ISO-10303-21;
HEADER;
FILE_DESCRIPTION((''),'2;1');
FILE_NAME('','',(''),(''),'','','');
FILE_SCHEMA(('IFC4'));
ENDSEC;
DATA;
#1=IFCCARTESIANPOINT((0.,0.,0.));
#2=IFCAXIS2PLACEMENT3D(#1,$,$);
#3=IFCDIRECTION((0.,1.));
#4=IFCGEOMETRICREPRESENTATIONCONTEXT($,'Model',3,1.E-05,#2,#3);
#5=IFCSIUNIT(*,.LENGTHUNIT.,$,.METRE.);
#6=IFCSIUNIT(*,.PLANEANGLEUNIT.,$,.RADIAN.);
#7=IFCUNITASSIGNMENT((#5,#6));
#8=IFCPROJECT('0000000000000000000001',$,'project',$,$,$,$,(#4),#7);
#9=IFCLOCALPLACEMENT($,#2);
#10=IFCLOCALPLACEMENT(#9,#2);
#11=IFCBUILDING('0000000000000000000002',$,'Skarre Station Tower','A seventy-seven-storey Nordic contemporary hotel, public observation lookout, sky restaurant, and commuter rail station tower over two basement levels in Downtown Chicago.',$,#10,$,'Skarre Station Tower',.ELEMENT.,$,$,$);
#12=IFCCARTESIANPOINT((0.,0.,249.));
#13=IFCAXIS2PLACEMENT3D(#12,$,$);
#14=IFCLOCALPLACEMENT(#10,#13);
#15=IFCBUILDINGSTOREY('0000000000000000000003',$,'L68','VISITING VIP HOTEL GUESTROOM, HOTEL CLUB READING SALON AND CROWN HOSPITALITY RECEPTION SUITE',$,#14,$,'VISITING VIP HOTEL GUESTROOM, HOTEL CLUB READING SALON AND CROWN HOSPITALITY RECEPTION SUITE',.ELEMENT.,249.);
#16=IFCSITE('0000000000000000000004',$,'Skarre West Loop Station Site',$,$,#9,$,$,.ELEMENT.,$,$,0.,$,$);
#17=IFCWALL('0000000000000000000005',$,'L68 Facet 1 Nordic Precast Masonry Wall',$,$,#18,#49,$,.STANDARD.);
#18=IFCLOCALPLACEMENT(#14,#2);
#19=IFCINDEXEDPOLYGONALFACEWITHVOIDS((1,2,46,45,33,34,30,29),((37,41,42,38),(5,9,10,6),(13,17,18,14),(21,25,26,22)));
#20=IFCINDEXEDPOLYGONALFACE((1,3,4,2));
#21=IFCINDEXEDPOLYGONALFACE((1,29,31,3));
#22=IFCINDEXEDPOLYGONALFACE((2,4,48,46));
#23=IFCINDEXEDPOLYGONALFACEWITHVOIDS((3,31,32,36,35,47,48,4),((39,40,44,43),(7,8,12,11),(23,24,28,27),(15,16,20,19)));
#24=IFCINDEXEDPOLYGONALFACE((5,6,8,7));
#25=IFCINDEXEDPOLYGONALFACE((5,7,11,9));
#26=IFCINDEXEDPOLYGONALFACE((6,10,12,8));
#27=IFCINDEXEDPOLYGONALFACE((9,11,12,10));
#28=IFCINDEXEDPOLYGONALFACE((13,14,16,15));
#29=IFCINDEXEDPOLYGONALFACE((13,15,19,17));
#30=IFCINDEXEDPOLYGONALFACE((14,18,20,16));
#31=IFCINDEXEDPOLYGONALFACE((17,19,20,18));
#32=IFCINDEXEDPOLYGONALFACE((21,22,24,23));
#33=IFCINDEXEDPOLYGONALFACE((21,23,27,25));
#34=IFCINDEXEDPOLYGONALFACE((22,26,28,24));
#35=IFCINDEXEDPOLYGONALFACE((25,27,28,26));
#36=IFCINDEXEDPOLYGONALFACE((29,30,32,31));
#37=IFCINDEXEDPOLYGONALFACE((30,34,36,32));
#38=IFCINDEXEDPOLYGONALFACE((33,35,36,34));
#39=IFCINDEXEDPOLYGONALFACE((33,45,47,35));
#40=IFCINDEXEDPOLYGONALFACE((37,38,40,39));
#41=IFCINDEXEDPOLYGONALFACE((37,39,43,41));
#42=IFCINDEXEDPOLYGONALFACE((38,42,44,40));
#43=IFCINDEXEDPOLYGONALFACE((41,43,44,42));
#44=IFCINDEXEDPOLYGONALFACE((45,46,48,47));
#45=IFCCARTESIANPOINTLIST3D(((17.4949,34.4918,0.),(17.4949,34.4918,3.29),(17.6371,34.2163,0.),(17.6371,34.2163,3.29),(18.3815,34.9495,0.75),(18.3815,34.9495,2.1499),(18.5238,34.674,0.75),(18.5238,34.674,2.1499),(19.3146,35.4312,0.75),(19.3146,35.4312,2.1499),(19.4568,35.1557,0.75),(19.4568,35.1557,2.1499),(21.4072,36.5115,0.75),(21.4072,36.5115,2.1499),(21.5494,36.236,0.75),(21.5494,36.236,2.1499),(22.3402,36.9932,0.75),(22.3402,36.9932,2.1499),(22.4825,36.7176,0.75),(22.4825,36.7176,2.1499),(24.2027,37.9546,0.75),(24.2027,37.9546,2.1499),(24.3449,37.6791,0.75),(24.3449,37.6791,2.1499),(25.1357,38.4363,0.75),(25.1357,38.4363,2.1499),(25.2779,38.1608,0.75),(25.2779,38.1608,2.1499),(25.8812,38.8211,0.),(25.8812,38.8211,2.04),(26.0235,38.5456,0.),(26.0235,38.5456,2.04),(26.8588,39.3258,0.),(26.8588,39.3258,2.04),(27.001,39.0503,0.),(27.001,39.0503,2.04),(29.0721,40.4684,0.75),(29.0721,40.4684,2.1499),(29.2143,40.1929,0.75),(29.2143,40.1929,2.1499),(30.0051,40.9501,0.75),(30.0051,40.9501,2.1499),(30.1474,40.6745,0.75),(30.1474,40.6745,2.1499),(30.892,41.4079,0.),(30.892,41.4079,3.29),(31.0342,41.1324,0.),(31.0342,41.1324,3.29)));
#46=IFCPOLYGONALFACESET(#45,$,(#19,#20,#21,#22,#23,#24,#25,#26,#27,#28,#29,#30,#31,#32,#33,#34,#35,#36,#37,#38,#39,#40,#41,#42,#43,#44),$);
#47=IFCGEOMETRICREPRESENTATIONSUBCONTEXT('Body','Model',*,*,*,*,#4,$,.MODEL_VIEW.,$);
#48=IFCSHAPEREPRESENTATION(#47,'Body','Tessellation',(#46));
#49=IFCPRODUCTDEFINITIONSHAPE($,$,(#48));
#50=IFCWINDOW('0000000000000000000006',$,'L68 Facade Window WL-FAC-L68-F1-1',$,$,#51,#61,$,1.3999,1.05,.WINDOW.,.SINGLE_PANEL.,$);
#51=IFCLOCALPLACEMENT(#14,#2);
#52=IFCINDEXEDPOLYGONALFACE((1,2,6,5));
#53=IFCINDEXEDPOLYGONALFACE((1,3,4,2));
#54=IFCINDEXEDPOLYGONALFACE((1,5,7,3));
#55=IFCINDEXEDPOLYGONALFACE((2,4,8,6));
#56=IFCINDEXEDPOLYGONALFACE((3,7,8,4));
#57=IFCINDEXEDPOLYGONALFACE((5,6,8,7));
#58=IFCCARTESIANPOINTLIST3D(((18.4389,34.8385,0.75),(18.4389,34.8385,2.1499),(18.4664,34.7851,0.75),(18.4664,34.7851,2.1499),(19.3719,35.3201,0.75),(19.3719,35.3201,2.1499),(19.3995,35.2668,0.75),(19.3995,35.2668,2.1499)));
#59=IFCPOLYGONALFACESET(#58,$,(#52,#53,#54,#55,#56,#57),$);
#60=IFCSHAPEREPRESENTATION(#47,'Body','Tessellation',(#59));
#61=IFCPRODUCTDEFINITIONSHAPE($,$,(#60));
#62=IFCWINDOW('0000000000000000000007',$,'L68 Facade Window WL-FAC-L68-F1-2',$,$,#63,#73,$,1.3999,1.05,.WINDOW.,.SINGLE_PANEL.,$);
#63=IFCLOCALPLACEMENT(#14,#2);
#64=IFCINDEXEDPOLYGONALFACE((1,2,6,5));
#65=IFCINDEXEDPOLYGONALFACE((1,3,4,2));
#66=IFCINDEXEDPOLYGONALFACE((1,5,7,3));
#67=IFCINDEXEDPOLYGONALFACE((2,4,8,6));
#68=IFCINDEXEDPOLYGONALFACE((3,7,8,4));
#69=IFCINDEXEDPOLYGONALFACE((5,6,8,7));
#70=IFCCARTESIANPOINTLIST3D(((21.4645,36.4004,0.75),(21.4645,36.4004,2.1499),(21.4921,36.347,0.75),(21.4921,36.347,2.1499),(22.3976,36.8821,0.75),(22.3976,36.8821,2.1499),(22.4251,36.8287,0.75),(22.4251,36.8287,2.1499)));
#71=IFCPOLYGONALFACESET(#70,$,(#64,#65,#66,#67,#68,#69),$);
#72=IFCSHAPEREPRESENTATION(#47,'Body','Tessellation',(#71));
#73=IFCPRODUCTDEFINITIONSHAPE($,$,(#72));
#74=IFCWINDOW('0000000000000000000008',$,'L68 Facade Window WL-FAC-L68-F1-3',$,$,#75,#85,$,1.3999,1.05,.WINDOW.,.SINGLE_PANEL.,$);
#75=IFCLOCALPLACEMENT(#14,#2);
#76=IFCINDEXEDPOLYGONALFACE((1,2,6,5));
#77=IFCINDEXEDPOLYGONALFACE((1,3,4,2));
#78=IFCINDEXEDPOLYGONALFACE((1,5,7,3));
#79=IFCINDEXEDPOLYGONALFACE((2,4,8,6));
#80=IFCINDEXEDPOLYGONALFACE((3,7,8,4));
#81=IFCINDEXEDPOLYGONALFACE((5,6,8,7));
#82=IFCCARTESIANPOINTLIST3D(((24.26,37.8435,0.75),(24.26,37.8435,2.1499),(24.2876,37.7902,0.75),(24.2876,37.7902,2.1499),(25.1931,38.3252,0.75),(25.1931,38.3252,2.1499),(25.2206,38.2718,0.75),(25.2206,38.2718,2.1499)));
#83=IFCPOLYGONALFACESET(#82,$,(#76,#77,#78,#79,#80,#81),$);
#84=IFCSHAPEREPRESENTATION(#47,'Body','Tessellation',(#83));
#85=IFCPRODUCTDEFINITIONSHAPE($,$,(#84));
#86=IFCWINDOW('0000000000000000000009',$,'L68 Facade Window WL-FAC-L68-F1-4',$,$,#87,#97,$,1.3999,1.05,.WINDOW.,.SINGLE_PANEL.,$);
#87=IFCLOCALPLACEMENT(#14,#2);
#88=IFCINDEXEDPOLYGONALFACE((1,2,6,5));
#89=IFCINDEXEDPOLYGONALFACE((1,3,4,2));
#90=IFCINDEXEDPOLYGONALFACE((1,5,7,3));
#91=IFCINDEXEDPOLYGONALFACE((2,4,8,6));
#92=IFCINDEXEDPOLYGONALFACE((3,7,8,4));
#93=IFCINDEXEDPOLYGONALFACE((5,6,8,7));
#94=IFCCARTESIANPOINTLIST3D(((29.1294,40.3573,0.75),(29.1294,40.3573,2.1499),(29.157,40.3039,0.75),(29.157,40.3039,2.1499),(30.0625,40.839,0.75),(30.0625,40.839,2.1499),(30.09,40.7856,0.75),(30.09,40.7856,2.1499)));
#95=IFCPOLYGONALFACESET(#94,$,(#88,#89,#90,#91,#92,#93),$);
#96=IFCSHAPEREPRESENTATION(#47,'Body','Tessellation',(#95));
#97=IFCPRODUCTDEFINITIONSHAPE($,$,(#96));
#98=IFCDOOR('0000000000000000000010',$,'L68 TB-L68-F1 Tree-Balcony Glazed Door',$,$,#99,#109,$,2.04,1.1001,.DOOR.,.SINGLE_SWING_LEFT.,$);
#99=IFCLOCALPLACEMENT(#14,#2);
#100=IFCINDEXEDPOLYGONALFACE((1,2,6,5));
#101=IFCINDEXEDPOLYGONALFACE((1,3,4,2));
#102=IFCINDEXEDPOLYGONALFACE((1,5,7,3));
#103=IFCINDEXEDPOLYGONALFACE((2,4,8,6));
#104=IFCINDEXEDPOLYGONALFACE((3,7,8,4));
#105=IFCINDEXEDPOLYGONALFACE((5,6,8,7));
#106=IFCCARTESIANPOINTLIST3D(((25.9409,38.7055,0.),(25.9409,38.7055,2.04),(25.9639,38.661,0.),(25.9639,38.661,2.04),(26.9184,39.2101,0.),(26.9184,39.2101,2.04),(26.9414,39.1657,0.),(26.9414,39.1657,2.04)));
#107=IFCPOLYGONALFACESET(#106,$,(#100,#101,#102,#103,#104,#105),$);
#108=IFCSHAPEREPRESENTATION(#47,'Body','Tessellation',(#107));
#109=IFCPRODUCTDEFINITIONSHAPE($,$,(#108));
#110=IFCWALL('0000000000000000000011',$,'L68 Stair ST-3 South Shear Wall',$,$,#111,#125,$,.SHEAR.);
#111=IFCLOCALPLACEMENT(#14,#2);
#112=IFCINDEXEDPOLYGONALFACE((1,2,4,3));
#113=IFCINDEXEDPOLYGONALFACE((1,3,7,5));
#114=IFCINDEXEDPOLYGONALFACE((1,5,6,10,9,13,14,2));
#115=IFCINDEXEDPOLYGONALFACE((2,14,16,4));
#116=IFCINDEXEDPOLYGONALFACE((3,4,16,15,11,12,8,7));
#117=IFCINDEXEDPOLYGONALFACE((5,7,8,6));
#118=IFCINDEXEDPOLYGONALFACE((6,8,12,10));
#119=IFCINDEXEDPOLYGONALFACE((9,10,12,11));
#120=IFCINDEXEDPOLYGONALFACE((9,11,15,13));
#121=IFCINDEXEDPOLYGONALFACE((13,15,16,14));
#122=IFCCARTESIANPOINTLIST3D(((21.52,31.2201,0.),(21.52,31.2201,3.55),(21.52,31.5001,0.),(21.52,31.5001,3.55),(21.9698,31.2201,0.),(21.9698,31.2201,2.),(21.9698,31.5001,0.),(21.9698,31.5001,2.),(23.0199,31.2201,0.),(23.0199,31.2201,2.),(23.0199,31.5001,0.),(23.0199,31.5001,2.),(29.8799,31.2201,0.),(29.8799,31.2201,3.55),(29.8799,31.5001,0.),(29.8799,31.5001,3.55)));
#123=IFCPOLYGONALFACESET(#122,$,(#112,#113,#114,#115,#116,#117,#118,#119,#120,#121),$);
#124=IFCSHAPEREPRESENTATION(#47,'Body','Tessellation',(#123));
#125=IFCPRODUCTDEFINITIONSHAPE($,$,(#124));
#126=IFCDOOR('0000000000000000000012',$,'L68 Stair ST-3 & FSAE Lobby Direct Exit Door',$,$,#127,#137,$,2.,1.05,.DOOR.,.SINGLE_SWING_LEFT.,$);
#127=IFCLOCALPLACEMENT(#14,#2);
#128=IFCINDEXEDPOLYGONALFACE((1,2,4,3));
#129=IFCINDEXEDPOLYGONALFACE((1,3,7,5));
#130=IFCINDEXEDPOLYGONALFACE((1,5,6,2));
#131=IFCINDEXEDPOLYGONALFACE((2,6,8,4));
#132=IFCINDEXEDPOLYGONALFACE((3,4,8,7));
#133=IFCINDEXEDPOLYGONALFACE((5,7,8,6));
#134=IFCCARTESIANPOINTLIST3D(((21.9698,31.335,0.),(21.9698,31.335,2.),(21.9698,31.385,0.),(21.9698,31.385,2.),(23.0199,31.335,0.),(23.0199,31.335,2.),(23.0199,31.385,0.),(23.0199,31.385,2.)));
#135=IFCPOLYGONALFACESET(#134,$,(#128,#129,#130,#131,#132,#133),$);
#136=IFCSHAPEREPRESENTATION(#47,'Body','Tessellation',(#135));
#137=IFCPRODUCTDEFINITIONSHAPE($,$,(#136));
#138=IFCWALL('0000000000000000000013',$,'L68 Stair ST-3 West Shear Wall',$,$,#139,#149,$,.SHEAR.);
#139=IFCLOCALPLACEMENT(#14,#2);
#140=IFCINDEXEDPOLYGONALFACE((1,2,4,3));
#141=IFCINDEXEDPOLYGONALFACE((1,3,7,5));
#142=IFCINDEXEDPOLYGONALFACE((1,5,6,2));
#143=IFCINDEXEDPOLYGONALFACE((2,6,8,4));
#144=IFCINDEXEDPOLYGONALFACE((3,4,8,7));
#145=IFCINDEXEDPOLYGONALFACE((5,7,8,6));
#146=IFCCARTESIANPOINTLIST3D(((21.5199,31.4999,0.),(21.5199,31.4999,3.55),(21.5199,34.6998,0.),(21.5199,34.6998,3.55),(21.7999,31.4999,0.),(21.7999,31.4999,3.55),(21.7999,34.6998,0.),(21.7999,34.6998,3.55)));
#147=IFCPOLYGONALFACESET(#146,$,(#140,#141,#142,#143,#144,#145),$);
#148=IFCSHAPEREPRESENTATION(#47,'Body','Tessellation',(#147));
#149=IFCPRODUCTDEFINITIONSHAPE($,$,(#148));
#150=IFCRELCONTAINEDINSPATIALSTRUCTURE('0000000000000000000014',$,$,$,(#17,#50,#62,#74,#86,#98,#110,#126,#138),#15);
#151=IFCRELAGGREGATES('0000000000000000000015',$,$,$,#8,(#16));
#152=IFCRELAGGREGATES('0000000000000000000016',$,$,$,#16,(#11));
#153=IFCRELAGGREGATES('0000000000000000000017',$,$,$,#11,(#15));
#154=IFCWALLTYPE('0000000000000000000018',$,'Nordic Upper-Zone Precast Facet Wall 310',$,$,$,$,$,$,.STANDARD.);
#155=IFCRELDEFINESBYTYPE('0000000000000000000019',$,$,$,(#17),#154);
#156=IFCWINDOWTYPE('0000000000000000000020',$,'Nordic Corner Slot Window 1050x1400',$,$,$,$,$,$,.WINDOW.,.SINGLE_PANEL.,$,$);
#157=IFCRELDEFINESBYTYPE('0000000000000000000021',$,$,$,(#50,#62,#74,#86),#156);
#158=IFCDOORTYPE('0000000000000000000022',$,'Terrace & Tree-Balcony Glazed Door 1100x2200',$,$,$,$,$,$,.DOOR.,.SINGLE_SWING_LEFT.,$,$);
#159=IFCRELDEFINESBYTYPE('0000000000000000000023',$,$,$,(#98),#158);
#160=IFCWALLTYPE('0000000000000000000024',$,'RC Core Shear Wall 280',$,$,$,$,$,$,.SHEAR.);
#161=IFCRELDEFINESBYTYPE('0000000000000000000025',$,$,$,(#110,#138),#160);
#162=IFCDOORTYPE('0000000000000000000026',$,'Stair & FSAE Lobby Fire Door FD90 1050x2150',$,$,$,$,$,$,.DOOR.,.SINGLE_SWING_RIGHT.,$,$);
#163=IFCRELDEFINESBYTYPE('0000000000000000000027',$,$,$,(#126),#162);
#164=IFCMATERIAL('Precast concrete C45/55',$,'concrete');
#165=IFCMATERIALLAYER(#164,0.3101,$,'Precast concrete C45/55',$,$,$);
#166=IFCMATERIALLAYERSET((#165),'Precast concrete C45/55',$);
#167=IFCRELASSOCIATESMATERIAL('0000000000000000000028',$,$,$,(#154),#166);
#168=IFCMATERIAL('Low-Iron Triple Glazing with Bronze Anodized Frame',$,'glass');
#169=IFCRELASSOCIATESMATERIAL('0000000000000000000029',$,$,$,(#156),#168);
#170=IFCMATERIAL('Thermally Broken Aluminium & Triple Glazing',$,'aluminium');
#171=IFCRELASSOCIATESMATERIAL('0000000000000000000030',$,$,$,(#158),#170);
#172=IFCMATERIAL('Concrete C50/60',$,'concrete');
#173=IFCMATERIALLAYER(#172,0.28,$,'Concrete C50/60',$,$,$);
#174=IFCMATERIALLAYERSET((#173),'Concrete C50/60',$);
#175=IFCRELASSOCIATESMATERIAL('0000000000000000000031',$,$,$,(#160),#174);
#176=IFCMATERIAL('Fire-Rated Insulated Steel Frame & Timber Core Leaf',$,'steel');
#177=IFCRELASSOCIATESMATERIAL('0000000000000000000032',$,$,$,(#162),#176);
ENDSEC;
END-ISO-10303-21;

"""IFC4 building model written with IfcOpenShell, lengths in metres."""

from ifc_helpers import new_model, si_unit, direction, frame, frame_2d, origin, place, context, subcontext, project, spatial, rectangle, extrude, material, layer, layer_set, type_object, element, fill, save


model = new_model("IFC4")

# Units and contexts
model_context = context("Model", 3, precision=1e-05, world=origin(), true_north=direction((0.0, 1.0)))
body_context = subcontext(model_context, "Body", "Model", "MODEL_VIEW")
ifc_project = project(units=[si_unit("LENGTHUNIT", "METRE"), si_unit("PLANEANGLEUNIT", "RADIAN")], contexts=[model_context])

# Site, building, storey
site_placement = place(None, origin())
site = spatial("IfcSite", under=ifc_project, at=site_placement, Name="Skarre West Loop Station Site", CompositionType="ELEMENT", RefElevation=0.0)
building_placement = place(site_placement, origin())
building = spatial("IfcBuilding", under=site, at=building_placement, Name="Skarre Station Tower", Description="A seventy-seven-storey Nordic contemporary hotel, public observation lookout, sky restaurant, and commuter rail station tower over two basement levels in Downtown Chicago.", LongName="Skarre Station Tower", CompositionType="ELEMENT")
storey_placement = place(building_placement, frame((0.0, 0.0, 249.0)))
storey = spatial("IfcBuildingStorey", under=building, at=storey_placement, Name="L68", Description="VISITING VIP HOTEL GUESTROOM, HOTEL CLUB READING SALON AND CROWN HOSPITALITY RECEPTION SUITE", LongName="VISITING VIP HOTEL GUESTROOM, HOTEL CLUB READING SALON AND CROWN HOSPITALITY RECEPTION SUITE", CompositionType="ELEMENT", Elevation=249.0)

# Shared definitions
ifc_material_1 = material(Name="Concrete C50/60", Category="concrete")

# Shared definitions
ifc_material_2 = material(Name="Precast concrete C45/55", Category="concrete")

# Wall, openings, windows, door
ifc_layer_1 = layer(ifc_material_2, 0.3101, Name="Precast concrete C45/55")
ifc_layer_set_1 = layer_set([ifc_layer_1], Name="Precast concrete C45/55")
wall_type_1 = type_object("IfcWallType", Name="Nordic Upper-Zone Precast Facet Wall 310", PredefinedType="STANDARD", material=ifc_layer_set_1)
wall_1_placement = place(storey_placement, frame((17.5659, 34.354, 0.0), z_axis=(0.0, 0.0, 1.0), x_axis=(0.888581, 0.458719, 0.0)))
wall_1 = element("IfcWall", 1, at=wall_1_placement, inside=storey, type_object=wall_type_1, Name="L68 Facet 1 Nordic Precast Masonry Wall", PredefinedType="STANDARD", context=body_context, shape_type="SweptSolid", body=[
    extrude(rectangle(XDim=15.0769, YDim=0.3101, at=frame_2d((7.5386, 0.0))), origin(), (0.0, 0.0, 1.0), 3.29),
])
opening_1_placement = place(wall_1_placement, frame((9.438, 0.0, 0.0)))
opening_1 = element("IfcOpeningElement", 2, at=opening_1_placement, cuts=wall_1, PredefinedType="OPENING", context=body_context, shape_type="SweptSolid", body=[
    extrude(rectangle(XDim=1.1001, YDim=2.04, at=frame_2d((0.55, 1.02))), frame((0.0, 0.165, 0.0), z_axis=(0.0, -1.0, 0.0), x_axis=(1.0, 0.0, 0.0)), (0.0, 0.0, 1.0), 0.3301),
])
opening_2_placement = place(wall_1_placement, frame((0.998, 0.0, 0.75)))
opening_2 = element("IfcOpeningElement", 3, at=opening_2_placement, cuts=wall_1, PredefinedType="OPENING", context=body_context, shape_type="SweptSolid", body=[
    extrude(rectangle(XDim=1.05, YDim=1.3999, at=frame_2d((0.5249, 0.7))), frame((0.0, 0.165, 0.0), z_axis=(0.0, -1.0, 0.0), x_axis=(1.0, 0.0, 0.0)), (0.0, 0.0, 1.0), 0.3301),
])
opening_3_placement = place(wall_1_placement, frame((4.4031, 0.0, 0.75)))
opening_3 = element("IfcOpeningElement", 4, at=opening_3_placement, cuts=wall_1, PredefinedType="OPENING", context=body_context, shape_type="SweptSolid", body=[
    extrude(rectangle(XDim=1.05, YDim=1.3999, at=frame_2d((0.5249, 0.7))), frame((0.0, 0.165, 0.0), z_axis=(0.0, -1.0, 0.0), x_axis=(1.0, 0.0, 0.0)), (0.0, 0.0, 1.0), 0.3301),
])
opening_4_placement = place(wall_1_placement, frame((7.5491, 0.0, 0.75)))
opening_4 = element("IfcOpeningElement", 5, at=opening_4_placement, cuts=wall_1, PredefinedType="OPENING", context=body_context, shape_type="SweptSolid", body=[
    extrude(rectangle(XDim=1.05, YDim=1.3999, at=frame_2d((0.5249, 0.7))), frame((0.0, 0.165, 0.0), z_axis=(0.0, -1.0, 0.0), x_axis=(1.0, 0.0, 0.0)), (0.0, 0.0, 1.0), 0.3301),
])
opening_5_placement = place(wall_1_placement, frame((13.0291, 0.0, 0.75)))
opening_5 = element("IfcOpeningElement", 6, at=opening_5_placement, cuts=wall_1, PredefinedType="OPENING", context=body_context, shape_type="SweptSolid", body=[
    extrude(rectangle(XDim=1.05, YDim=1.3999, at=frame_2d((0.5249, 0.7))), frame((0.0, 0.165, 0.0), z_axis=(0.0, -1.0, 0.0), x_axis=(1.0, 0.0, 0.0)), (0.0, 0.0, 1.0), 0.3301),
])
ifc_material_3 = material(Name="Low-Iron Triple Glazing with Bronze Anodized Frame", Category="glass")
window_type = type_object("IfcWindowType", Name="Nordic Corner Slot Window 1050x1400", PartitioningType="SINGLE_PANEL", PredefinedType="WINDOW", material=ifc_material_3)
window_1_placement = place(opening_2_placement, origin())
window_1 = element("IfcWindow", 7, at=window_1_placement, inside=storey, type_object=window_type, Name="L68 Facade Window WL-FAC-L68-F1-1", OverallHeight=1.3999, OverallWidth=1.05, PartitioningType="SINGLE_PANEL", PredefinedType="WINDOW", context=body_context, shape_type="SweptSolid", body=[
    extrude(rectangle(XDim=1.05, YDim=1.3999, at=frame_2d((0.5249, 0.7))), frame((0.0, 0.03, 0.0), z_axis=(0.0, -1.0, 0.0), x_axis=(1.0, 0.0, 0.0)), (0.0, 0.0, 1.0), 0.0601),
])
fill(opening_2, window_1)
window_2_placement = place(opening_3_placement, origin())
window_2 = element("IfcWindow", 8, at=window_2_placement, inside=storey, type_object=window_type, Name="L68 Facade Window WL-FAC-L68-F1-2", OverallHeight=1.3999, OverallWidth=1.05, PartitioningType="SINGLE_PANEL", PredefinedType="WINDOW", context=body_context, shape_type="SweptSolid", body=[
    extrude(rectangle(XDim=1.05, YDim=1.3999, at=frame_2d((0.5249, 0.7))), frame((0.0, 0.03, 0.0), z_axis=(0.0, -1.0, 0.0), x_axis=(1.0, 0.0, 0.0)), (0.0, 0.0, 1.0), 0.0601),
])
fill(opening_3, window_2)
window_3_placement = place(opening_4_placement, origin())
window_3 = element("IfcWindow", 9, at=window_3_placement, inside=storey, type_object=window_type, Name="L68 Facade Window WL-FAC-L68-F1-3", OverallHeight=1.3999, OverallWidth=1.05, PartitioningType="SINGLE_PANEL", PredefinedType="WINDOW", context=body_context, shape_type="SweptSolid", body=[
    extrude(rectangle(XDim=1.05, YDim=1.3999, at=frame_2d((0.5249, 0.7))), frame((0.0, 0.03, 0.0), z_axis=(0.0, -1.0, 0.0), x_axis=(1.0, 0.0, 0.0)), (0.0, 0.0, 1.0), 0.0601),
])
fill(opening_4, window_3)
window_4_placement = place(opening_5_placement, origin())
window_4 = element("IfcWindow", 10, at=window_4_placement, inside=storey, type_object=window_type, Name="L68 Facade Window WL-FAC-L68-F1-4", OverallHeight=1.3999, OverallWidth=1.05, PartitioningType="SINGLE_PANEL", PredefinedType="WINDOW", context=body_context, shape_type="SweptSolid", body=[
    extrude(rectangle(XDim=1.05, YDim=1.3999, at=frame_2d((0.5249, 0.7))), frame((0.0, 0.03, 0.0), z_axis=(0.0, -1.0, 0.0), x_axis=(1.0, 0.0, 0.0)), (0.0, 0.0, 1.0), 0.0601),
])
fill(opening_5, window_4)
ifc_material_4 = material(Name="Thermally Broken Aluminium & Triple Glazing", Category="aluminium")
door_type_1 = type_object("IfcDoorType", Name="Terrace & Tree-Balcony Glazed Door 1100x2200", OperationType="SINGLE_SWING_LEFT", PredefinedType="DOOR", material=ifc_material_4)
door_1_placement = place(opening_1_placement, origin())
door_1 = element("IfcDoor", 11, at=door_1_placement, inside=storey, type_object=door_type_1, Name="L68 TB-L68-F1 Tree-Balcony Glazed Door", OperationType="SINGLE_SWING_LEFT", OverallHeight=2.04, OverallWidth=1.1001, PredefinedType="DOOR", context=body_context, shape_type="SweptSolid", body=[
    extrude(rectangle(XDim=1.1001, YDim=2.04, at=frame_2d((0.55, 1.02))), frame((0.0, 0.0249, 0.0), z_axis=(0.0, -1.0, 0.0), x_axis=(1.0, 0.0, 0.0)), (0.0, 0.0, 1.0), 0.05),
])
fill(opening_1, door_1)

# Wall, opening, door
ifc_layer_2 = layer(ifc_material_1, 0.28, Name="Concrete C50/60")
ifc_layer_set_2 = layer_set([ifc_layer_2], Name="Concrete C50/60")
wall_type_2 = type_object("IfcWallType", Name="RC Core Shear Wall 280", PredefinedType="SHEAR", material=ifc_layer_set_2)
wall_2_placement = place(storey_placement, frame((21.52, 31.3601, 0.0), z_axis=(0.0, 0.0, 1.0), x_axis=(1.0, 0.0, 0.0)))
wall_2 = element("IfcWall", 12, at=wall_2_placement, inside=storey, type_object=wall_type_2, Name="L68 Stair ST-3 South Shear Wall", PredefinedType="SHEAR", context=body_context, shape_type="SweptSolid", body=[
    extrude(rectangle(XDim=8.3599, YDim=0.28, at=frame_2d((4.1799, 0.0))), origin(), (0.0, 0.0, 1.0), 3.55),
])
opening_6_placement = place(wall_2_placement, frame((0.45, 0.0, 0.0)))
opening_6 = element("IfcOpeningElement", 13, at=opening_6_placement, cuts=wall_2, PredefinedType="OPENING", context=body_context, shape_type="SweptSolid", body=[
    extrude(rectangle(XDim=1.05, YDim=2.0, at=frame_2d((0.5249, 1.0))), frame((0.0, 0.1499, 0.0), z_axis=(0.0, -1.0, 0.0), x_axis=(1.0, 0.0, 0.0)), (0.0, 0.0, 1.0), 0.3),
])
ifc_material_5 = material(Name="Fire-Rated Insulated Steel Frame & Timber Core Leaf", Category="steel")
door_type_2 = type_object("IfcDoorType", Name="Stair & FSAE Lobby Fire Door FD90 1050x2150", OperationType="SINGLE_SWING_RIGHT", PredefinedType="DOOR", material=ifc_material_5)
door_2_placement = place(opening_6_placement, origin())
door_2 = element("IfcDoor", 14, at=door_2_placement, inside=storey, type_object=door_type_2, Name="L68 Stair ST-3 & FSAE Lobby Direct Exit Door", OperationType="SINGLE_SWING_LEFT", OverallHeight=2.0, OverallWidth=1.05, PredefinedType="DOOR", context=body_context, shape_type="SweptSolid", body=[
    extrude(rectangle(XDim=1.05, YDim=2.0, at=frame_2d((0.5249, 1.0))), frame((0.0, 0.0249, 0.0), z_axis=(0.0, -1.0, 0.0), x_axis=(1.0, 0.0, 0.0)), (0.0, 0.0, 1.0), 0.05),
])
fill(opening_6, door_2)

# Wall
wall_3_placement = place(storey_placement, frame((21.6599, 34.7, 0.0), z_axis=(0.0, 0.0, 1.0), x_axis=(0.0, -1.0, 0.0)))
element("IfcWall", 15, at=wall_3_placement, inside=storey, type_object=wall_type_2, Name="L68 Stair ST-3 West Shear Wall", PredefinedType="SHEAR", context=body_context, shape_type="SweptSolid", body=[
    extrude(rectangle(XDim=3.2, YDim=0.28, at=frame_2d((1.6001, 0.0))), origin(), (0.0, 0.0, 1.0), 3.55),
])

save(model, "model.ifc")
